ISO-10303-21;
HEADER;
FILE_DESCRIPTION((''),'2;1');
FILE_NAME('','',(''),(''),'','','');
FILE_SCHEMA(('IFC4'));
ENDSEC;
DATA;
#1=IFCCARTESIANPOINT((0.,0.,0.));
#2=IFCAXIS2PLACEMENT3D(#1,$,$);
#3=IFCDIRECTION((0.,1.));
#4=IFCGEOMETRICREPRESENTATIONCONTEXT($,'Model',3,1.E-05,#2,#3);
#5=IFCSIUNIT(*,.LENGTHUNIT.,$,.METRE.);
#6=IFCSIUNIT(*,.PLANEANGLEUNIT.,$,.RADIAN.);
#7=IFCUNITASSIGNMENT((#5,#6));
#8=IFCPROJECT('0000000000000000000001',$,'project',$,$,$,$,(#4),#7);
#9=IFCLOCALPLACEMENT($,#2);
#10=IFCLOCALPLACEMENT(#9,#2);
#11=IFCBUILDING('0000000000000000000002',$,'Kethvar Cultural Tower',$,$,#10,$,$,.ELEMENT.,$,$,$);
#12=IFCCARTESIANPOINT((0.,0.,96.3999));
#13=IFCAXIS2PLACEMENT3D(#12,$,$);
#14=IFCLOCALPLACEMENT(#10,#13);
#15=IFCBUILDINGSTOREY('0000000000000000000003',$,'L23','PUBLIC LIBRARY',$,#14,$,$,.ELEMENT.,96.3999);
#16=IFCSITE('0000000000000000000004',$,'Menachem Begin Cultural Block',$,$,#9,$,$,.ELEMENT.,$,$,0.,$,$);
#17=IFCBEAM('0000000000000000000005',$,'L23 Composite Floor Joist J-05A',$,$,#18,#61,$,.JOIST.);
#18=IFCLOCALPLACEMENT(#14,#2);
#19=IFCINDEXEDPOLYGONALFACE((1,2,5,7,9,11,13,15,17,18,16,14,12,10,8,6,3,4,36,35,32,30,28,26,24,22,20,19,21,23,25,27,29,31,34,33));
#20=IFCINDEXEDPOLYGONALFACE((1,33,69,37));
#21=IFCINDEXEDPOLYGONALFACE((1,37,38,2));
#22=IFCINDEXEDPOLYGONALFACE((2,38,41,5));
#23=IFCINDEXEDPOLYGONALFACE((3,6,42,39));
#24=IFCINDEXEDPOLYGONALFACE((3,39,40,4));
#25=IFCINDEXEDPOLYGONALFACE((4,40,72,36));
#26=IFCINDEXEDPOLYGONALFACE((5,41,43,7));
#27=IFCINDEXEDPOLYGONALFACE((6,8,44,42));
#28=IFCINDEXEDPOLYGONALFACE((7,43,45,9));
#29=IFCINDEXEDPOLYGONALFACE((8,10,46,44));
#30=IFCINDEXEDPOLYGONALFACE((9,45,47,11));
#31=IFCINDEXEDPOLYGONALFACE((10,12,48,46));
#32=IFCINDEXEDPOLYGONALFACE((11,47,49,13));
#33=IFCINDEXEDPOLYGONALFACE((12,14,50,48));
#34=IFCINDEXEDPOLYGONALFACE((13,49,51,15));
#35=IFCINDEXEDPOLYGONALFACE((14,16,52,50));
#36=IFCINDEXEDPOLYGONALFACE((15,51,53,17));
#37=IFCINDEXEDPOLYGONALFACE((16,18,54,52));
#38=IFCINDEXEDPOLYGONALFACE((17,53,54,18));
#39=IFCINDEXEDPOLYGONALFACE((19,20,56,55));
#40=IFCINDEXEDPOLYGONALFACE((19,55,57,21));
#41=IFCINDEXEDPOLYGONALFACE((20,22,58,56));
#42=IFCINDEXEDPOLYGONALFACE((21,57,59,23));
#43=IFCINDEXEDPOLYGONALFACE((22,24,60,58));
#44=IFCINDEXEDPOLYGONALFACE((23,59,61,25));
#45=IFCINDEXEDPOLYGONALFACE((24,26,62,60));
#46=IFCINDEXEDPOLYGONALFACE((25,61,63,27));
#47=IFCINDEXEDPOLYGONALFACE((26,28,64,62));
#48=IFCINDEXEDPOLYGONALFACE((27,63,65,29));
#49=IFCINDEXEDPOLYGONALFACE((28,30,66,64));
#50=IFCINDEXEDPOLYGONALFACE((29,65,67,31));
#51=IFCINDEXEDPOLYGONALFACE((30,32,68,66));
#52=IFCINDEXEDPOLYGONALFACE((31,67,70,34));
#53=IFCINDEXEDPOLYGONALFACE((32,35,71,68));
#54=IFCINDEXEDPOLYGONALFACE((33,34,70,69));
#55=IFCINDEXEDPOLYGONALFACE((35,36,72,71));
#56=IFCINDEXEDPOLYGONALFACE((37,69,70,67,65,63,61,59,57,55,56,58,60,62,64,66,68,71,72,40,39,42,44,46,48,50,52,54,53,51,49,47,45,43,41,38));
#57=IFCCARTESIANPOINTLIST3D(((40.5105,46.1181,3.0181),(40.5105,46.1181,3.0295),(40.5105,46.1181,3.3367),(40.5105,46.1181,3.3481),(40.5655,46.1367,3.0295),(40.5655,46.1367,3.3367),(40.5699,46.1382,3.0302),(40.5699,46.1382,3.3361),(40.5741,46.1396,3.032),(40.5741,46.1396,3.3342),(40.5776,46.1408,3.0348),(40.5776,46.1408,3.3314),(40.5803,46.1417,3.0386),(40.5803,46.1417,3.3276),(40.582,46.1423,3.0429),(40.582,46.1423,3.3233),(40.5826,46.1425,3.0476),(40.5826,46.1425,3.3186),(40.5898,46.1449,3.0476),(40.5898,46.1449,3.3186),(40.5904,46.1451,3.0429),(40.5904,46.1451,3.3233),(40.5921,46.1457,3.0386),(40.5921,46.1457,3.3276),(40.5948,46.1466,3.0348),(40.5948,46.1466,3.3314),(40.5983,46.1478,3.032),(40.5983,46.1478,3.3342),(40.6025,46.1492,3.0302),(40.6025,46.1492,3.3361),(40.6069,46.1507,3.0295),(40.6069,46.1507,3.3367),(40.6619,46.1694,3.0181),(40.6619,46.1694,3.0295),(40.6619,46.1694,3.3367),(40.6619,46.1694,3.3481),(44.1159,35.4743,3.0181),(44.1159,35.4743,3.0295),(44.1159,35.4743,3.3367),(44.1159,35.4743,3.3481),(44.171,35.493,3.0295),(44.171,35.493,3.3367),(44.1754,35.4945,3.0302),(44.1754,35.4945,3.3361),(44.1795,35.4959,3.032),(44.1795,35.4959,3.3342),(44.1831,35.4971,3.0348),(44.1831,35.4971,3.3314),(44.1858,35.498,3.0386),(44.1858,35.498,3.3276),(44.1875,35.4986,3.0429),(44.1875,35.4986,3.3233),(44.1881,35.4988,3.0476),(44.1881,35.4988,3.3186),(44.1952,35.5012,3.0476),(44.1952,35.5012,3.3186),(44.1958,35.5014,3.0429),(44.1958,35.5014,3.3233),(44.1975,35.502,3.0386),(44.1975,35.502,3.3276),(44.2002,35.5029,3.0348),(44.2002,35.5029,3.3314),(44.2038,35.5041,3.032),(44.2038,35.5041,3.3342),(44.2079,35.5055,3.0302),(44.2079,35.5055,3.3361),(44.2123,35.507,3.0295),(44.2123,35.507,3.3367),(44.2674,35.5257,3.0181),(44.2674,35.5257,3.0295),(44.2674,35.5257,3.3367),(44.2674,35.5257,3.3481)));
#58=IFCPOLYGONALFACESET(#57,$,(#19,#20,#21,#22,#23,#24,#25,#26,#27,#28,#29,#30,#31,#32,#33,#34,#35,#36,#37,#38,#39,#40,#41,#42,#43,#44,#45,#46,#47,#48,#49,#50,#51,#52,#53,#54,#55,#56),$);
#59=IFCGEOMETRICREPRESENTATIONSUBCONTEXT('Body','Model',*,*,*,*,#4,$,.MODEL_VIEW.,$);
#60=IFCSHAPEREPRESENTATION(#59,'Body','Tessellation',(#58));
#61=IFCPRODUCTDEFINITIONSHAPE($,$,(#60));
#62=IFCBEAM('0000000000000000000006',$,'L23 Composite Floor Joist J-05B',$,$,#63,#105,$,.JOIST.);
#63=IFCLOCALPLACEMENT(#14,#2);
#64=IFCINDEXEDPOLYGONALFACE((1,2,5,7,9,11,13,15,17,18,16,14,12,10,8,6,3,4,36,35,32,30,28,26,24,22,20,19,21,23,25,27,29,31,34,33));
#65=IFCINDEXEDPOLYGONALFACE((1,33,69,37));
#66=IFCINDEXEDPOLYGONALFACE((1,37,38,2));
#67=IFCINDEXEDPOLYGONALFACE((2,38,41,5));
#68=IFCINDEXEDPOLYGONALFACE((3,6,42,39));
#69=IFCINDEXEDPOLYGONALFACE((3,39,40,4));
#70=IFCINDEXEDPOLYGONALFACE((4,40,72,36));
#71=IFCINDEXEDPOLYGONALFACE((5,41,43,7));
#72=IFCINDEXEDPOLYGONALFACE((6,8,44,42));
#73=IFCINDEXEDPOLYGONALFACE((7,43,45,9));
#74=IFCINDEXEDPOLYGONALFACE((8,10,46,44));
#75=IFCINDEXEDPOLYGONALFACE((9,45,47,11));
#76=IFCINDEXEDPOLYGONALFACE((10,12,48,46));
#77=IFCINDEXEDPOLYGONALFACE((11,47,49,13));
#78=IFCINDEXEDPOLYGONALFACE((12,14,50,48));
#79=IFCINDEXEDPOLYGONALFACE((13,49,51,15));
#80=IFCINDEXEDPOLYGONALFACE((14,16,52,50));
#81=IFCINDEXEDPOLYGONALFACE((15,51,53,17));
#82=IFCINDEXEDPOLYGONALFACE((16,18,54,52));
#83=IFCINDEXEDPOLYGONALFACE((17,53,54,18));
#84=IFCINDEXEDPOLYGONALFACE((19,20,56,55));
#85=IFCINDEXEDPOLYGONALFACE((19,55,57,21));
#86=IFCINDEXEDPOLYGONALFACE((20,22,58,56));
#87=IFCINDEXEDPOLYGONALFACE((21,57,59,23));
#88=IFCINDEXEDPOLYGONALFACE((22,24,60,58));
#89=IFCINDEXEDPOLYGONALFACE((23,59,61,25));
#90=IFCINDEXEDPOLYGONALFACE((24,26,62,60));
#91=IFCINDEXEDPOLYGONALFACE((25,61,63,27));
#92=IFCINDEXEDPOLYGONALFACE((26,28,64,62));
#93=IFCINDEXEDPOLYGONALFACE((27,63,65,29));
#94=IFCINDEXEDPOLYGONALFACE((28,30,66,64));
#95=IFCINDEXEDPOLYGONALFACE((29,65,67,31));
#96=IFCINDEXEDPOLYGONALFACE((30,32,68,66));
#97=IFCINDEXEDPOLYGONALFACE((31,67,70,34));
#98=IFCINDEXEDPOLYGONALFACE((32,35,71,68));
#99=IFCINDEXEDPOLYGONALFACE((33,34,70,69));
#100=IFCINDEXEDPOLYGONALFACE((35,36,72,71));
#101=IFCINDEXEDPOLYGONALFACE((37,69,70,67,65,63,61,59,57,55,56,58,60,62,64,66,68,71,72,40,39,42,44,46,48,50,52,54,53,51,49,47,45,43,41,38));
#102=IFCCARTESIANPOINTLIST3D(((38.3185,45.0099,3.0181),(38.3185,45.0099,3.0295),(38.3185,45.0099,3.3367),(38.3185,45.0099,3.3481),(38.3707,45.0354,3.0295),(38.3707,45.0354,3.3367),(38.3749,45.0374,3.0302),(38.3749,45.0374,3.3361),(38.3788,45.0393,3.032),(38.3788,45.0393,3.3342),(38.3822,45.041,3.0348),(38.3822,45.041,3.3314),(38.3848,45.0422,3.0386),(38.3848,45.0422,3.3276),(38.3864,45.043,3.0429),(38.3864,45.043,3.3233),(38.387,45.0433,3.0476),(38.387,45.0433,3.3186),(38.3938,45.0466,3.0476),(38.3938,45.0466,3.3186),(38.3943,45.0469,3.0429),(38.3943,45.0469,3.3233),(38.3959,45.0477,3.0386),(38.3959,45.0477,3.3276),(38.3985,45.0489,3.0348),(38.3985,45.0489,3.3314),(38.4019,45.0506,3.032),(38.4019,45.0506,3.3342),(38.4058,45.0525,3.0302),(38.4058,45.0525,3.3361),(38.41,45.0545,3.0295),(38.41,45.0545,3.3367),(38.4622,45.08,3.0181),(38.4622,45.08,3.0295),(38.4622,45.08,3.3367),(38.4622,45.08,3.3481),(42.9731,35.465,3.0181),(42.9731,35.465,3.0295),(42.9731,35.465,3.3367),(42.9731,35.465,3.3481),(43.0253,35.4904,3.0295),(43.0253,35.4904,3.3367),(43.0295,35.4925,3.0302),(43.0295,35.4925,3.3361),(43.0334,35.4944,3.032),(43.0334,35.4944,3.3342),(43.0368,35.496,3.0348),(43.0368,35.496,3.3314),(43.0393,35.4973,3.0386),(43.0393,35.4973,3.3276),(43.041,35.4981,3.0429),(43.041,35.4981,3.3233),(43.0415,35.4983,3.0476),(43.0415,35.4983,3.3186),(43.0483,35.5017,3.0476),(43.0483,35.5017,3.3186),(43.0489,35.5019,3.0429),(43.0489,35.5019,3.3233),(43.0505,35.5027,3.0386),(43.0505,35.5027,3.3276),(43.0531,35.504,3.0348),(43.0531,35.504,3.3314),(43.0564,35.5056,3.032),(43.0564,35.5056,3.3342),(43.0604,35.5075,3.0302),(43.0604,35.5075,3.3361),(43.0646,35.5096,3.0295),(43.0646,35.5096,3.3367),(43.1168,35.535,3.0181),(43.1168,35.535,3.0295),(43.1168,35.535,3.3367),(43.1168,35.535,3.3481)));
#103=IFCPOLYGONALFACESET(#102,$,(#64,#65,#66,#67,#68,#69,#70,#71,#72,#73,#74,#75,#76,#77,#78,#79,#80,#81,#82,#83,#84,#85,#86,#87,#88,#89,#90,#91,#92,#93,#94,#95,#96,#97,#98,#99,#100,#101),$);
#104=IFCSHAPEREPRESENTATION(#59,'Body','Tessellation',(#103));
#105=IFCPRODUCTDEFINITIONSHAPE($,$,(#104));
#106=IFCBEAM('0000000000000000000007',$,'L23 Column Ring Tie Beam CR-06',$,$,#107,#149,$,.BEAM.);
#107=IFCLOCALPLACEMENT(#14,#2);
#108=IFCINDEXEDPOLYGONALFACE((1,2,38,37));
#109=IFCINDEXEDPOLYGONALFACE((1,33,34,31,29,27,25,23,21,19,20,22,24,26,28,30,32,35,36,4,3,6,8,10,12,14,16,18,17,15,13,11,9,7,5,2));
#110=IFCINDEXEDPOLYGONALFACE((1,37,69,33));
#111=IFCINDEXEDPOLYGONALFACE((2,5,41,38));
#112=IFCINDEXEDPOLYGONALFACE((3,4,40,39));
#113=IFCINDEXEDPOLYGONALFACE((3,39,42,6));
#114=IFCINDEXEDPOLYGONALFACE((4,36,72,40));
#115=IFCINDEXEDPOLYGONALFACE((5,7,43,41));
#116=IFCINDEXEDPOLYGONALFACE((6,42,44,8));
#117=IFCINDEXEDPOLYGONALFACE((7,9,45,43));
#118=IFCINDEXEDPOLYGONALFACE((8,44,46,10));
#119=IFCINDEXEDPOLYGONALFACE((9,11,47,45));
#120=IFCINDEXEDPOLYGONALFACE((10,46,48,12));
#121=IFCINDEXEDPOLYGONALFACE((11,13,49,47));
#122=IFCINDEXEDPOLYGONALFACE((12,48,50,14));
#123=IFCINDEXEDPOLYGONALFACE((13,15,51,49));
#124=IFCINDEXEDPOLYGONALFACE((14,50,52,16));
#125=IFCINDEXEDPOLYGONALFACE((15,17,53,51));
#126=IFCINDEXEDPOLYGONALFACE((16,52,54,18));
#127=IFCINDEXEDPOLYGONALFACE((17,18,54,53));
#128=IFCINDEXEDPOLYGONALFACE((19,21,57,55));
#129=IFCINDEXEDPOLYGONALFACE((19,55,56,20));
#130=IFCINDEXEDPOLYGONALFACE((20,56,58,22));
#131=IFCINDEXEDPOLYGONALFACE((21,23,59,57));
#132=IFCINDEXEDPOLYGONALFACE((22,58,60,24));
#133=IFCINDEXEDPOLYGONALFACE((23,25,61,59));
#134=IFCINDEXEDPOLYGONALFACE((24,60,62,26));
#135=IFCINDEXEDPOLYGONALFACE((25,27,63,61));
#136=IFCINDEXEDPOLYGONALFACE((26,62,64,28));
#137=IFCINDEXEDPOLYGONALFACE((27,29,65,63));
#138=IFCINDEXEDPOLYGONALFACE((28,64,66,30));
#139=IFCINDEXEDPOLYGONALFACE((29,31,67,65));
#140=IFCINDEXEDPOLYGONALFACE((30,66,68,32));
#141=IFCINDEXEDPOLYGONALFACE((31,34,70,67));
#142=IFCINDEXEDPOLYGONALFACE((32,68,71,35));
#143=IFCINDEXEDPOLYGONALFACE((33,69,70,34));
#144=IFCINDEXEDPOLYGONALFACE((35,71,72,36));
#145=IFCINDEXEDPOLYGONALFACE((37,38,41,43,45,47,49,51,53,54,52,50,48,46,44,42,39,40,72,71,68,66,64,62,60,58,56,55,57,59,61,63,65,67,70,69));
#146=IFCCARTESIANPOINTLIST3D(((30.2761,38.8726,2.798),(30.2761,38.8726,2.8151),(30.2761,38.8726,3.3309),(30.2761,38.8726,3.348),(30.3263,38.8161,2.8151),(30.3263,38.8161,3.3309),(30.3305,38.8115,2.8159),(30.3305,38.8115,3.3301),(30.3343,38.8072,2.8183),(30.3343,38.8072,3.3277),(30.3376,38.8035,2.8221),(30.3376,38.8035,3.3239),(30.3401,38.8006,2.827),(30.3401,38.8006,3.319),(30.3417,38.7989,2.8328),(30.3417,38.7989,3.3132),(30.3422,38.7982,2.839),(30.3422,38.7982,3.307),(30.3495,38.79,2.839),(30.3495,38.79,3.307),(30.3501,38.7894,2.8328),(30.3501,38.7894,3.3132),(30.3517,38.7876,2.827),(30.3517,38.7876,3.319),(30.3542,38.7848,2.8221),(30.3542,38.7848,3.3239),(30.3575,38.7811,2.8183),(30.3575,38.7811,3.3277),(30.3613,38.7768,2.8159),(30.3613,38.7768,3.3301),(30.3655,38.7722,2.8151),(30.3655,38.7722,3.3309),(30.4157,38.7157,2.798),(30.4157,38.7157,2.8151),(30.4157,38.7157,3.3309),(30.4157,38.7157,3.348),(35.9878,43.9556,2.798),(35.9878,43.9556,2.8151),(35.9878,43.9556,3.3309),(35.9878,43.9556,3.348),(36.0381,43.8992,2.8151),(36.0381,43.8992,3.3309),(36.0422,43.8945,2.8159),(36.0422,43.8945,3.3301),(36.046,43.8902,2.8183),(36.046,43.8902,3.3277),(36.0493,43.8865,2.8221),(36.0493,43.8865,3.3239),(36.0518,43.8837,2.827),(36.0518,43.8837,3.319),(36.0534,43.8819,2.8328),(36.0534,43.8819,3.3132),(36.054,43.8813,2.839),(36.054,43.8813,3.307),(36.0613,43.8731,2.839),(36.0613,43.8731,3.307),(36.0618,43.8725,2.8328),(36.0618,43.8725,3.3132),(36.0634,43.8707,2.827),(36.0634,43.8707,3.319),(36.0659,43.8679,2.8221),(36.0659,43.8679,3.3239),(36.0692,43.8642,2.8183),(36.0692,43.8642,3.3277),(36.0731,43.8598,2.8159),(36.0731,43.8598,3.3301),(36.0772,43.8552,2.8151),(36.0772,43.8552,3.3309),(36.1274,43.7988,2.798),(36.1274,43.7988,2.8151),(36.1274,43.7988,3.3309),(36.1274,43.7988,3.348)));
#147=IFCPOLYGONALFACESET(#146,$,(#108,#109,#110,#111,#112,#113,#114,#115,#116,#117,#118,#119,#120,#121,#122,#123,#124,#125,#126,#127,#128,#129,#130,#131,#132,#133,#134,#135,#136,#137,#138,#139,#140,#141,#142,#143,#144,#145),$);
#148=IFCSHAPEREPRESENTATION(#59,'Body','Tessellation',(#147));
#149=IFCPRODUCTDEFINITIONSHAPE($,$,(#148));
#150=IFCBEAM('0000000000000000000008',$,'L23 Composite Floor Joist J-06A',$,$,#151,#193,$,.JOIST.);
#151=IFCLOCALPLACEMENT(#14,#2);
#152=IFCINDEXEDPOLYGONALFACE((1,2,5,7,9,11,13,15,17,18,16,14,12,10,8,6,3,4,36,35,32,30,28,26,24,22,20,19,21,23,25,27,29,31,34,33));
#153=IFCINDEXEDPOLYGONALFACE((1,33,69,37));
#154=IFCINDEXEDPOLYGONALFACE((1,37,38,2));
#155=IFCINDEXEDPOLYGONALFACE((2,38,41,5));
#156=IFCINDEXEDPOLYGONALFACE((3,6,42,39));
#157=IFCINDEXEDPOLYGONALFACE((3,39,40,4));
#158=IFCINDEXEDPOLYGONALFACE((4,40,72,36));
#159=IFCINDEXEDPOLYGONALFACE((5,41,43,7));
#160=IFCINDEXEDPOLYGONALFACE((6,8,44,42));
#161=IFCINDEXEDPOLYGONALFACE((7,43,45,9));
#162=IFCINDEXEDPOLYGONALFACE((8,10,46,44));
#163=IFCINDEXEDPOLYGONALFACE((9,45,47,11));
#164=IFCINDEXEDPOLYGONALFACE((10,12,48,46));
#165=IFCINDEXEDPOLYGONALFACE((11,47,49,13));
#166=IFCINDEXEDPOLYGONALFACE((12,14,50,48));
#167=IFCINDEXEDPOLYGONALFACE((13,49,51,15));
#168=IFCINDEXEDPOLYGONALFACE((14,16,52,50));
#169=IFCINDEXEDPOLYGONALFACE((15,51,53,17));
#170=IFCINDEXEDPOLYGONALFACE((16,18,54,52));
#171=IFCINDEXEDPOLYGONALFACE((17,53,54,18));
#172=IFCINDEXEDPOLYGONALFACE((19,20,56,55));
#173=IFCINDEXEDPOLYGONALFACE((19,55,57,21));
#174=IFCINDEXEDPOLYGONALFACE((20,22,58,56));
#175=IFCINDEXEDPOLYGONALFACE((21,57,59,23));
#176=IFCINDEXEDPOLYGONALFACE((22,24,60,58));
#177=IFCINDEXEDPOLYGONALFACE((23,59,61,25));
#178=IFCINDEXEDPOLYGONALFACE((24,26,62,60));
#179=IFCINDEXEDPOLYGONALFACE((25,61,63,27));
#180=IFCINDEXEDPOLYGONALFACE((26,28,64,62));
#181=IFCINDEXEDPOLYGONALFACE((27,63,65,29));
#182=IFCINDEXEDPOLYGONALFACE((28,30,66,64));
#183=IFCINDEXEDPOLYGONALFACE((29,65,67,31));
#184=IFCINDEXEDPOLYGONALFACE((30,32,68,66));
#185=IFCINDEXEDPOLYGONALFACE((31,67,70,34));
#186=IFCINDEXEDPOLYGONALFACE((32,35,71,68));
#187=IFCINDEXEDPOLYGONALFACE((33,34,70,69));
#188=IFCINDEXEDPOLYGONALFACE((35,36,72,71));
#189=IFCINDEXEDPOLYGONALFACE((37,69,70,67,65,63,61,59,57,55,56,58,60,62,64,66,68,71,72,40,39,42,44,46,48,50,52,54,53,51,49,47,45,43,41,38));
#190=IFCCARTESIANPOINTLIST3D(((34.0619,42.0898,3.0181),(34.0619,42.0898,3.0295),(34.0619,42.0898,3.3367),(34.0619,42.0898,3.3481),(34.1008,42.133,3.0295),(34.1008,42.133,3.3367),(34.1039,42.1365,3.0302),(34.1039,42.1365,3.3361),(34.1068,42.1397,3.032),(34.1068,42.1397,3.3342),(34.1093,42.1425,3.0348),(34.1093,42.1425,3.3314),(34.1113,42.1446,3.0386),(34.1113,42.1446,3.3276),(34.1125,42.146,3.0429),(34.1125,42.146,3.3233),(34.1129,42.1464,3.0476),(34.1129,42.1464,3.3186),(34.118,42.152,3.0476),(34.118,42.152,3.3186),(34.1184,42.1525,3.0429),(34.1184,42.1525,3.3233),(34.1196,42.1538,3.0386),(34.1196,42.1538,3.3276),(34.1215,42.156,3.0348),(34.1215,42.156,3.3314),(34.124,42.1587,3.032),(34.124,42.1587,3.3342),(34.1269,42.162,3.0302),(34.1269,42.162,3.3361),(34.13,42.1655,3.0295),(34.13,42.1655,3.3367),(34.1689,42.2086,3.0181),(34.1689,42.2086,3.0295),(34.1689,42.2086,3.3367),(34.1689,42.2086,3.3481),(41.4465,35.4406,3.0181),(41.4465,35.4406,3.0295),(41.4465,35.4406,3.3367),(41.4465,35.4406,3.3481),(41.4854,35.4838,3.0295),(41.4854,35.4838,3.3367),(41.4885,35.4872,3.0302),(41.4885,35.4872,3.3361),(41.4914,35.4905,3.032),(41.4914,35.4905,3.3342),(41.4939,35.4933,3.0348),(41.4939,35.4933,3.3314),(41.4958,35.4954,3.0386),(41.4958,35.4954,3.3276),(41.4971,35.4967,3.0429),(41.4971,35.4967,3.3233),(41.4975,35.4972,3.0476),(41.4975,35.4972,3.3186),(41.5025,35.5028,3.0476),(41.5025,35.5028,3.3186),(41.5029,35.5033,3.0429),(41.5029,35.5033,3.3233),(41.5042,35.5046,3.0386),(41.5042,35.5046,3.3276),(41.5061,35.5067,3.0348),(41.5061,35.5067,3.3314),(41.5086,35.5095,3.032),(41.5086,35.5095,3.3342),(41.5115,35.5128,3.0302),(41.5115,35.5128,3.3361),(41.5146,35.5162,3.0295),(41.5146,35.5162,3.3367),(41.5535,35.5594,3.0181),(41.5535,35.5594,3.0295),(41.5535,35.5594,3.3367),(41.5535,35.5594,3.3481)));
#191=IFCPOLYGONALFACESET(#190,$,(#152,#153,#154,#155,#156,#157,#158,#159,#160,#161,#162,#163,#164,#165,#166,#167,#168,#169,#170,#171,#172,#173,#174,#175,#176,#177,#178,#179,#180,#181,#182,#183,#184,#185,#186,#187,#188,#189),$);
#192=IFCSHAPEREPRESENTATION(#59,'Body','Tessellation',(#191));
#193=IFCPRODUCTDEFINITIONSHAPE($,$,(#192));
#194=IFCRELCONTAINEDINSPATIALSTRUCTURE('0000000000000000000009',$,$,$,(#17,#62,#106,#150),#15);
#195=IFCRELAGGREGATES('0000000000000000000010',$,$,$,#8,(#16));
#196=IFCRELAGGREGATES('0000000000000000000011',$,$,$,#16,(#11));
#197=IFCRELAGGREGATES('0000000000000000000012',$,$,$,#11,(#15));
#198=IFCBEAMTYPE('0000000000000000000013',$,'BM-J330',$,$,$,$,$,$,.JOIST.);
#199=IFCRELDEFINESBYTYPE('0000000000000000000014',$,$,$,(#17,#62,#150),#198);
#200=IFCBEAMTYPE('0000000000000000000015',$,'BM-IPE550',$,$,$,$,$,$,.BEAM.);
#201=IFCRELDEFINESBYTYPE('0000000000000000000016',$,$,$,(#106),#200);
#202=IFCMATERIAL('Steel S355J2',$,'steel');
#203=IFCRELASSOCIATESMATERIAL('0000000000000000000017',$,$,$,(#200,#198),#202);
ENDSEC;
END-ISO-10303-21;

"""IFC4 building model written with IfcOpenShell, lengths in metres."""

from ifc_helpers import new_model, si_unit, direction, frame, origin, origin_2d, place, context, subcontext, project, spatial, i_section, extrude, source, transform, mapped, material, material_profile, profile_set, type_object, element, save


model = new_model("IFC4")

# Units and contexts
model_context = context("Model", 3, precision=1e-05, world=origin(), true_north=direction((0.0, 1.0)))
body_context = subcontext(model_context, "Body", "Model", "MODEL_VIEW")
ifc_project = project(units=[si_unit("LENGTHUNIT", "METRE"), si_unit("PLANEANGLEUNIT", "RADIAN")], contexts=[model_context])

# Site, building, storey
site_placement = place(None, origin())
site = spatial("IfcSite", under=ifc_project, at=site_placement, Name="Menachem Begin Cultural Block", CompositionType="ELEMENT", RefElevation=0.0)
building_placement = place(site_placement, origin())
building = spatial("IfcBuilding", under=site, at=building_placement, Name="Kethvar Cultural Tower", CompositionType="ELEMENT")
storey_placement = place(building_placement, frame((0.0, 0.0, 96.3999)))
storey = spatial("IfcBuildingStorey", under=building, at=storey_placement, Name="L23", Description="PUBLIC LIBRARY", CompositionType="ELEMENT", Elevation=96.3999)

# Beams
ifc_material_1 = material(Name="Steel S355J2", Category="steel")
ifc_material_profile_1 = material_profile(ifc_material_1, i_section(OverallWidth=0.21, OverallDepth=0.55, WebThickness=0.011, FlangeThickness=0.0171, FilletRadius=0.0239, at=origin_2d()), Name="Steel S355J2 — IPE550")
ifc_profile_set_1 = profile_set([ifc_material_profile_1], Name="Steel S355J2 — IPE550")
beam_type_1 = type_object("IfcBeamType", Name="BM-IPE550", PredefinedType="BEAM", material=ifc_profile_set_1)
ifc_material_profile_2 = material_profile(ifc_material_1, i_section(OverallWidth=0.1599, OverallDepth=0.3301, WebThickness=0.0076, FlangeThickness=0.0115, FilletRadius=0.0181, at=origin_2d()), Name="Steel S355J2 — IPE330")
ifc_profile_set_2 = profile_set([ifc_material_profile_2], Name="Steel S355J2 — IPE330")
beam_type_2 = type_object("IfcBeamType", Name="BM-J330", PredefinedType="JOIST", material=ifc_profile_set_2)
shared_shape_1 = source(origin(), body_context, "Body", "SweptSolid", [
    extrude(i_section(OverallWidth=0.1599, OverallDepth=0.3301, WebThickness=0.0076, FlangeThickness=0.0115, FilletRadius=0.0181, at=origin_2d()), origin(), (0.0, 0.0, 1.0), 11.2378),
])
beam_1_placement = place(storey_placement, frame((44.1917, 35.5, 3.1831), z_axis=(-0.320832, 0.947136, 0.0), x_axis=(-0.947136, -0.320832, 0.0)))
element("IfcBeam", 1, at=beam_1_placement, inside=storey, type_object=beam_type_2, Name="L23 Composite Floor Joist J-05A", PredefinedType="JOIST", context=body_context, shape_type="MappedRepresentation", body=[
    mapped(shared_shape_1, transform((0.0, 0.0, 0.0), scale=1.0)),
])
shared_shape_2 = source(origin(), body_context, "Body", "SweptSolid", [
    extrude(i_section(OverallWidth=0.1599, OverallDepth=0.3301, WebThickness=0.0076, FlangeThickness=0.0115, FilletRadius=0.0181, at=origin_2d()), origin(), (0.0, 0.0, 1.0), 10.6194),
])
beam_2_placement = place(storey_placement, frame((43.0449, 35.5, 3.1831), z_axis=(-0.438308, 0.898825, 0.0), x_axis=(-0.898825, -0.438308, 0.0)))
element("IfcBeam", 2, at=beam_2_placement, inside=storey, type_object=beam_type_2, Name="L23 Composite Floor Joist J-05B", PredefinedType="JOIST", context=body_context, shape_type="MappedRepresentation", body=[
    mapped(shared_shape_2, transform((0.0, 0.0, 0.0), scale=1.0)),
])
shared_shape_3 = source(origin(), body_context, "Body", "SweptSolid", [
    extrude(i_section(OverallWidth=0.21, OverallDepth=0.55, WebThickness=0.011, FlangeThickness=0.0171, FilletRadius=0.0239, at=origin_2d()), origin(), (0.0, 0.0, 1.0), 7.646),
])
beam_3_placement = place(storey_placement, frame((36.0576, 43.8772, 3.073), z_axis=(-0.747022, -0.6648, 0.0), x_axis=(0.6648, -0.747022, 0.0)))
element("IfcBeam", 3, at=beam_3_placement, inside=storey, type_object=beam_type_1, Name="L23 Column Ring Tie Beam CR-06", PredefinedType="BEAM", context=body_context, shape_type="MappedRepresentation", body=[
    mapped(shared_shape_3, transform((0.0, 0.0, 0.0), scale=1.0)),
])
shared_shape_4 = source(origin(), body_context, "Body", "SweptSolid", [
    extrude(i_section(OverallWidth=0.1599, OverallDepth=0.3301, WebThickness=0.0076, FlangeThickness=0.0115, FilletRadius=0.0181, at=origin_2d()), origin(), (0.0, 0.0, 1.0), 9.937),
])
beam_4_placement = place(storey_placement, frame((41.5, 35.5, 3.1831), z_axis=(-0.743139, 0.669137, 0.0), x_axis=(-0.669137, -0.743139, 0.0)))
element("IfcBeam", 4, at=beam_4_placement, inside=storey, type_object=beam_type_2, Name="L23 Composite Floor Joist J-06A", PredefinedType="JOIST", context=body_context, shape_type="MappedRepresentation", body=[
    mapped(shared_shape_4, transform((0.0, 0.0, 0.0), scale=1.0)),
])

save(model, "model.ifc")
